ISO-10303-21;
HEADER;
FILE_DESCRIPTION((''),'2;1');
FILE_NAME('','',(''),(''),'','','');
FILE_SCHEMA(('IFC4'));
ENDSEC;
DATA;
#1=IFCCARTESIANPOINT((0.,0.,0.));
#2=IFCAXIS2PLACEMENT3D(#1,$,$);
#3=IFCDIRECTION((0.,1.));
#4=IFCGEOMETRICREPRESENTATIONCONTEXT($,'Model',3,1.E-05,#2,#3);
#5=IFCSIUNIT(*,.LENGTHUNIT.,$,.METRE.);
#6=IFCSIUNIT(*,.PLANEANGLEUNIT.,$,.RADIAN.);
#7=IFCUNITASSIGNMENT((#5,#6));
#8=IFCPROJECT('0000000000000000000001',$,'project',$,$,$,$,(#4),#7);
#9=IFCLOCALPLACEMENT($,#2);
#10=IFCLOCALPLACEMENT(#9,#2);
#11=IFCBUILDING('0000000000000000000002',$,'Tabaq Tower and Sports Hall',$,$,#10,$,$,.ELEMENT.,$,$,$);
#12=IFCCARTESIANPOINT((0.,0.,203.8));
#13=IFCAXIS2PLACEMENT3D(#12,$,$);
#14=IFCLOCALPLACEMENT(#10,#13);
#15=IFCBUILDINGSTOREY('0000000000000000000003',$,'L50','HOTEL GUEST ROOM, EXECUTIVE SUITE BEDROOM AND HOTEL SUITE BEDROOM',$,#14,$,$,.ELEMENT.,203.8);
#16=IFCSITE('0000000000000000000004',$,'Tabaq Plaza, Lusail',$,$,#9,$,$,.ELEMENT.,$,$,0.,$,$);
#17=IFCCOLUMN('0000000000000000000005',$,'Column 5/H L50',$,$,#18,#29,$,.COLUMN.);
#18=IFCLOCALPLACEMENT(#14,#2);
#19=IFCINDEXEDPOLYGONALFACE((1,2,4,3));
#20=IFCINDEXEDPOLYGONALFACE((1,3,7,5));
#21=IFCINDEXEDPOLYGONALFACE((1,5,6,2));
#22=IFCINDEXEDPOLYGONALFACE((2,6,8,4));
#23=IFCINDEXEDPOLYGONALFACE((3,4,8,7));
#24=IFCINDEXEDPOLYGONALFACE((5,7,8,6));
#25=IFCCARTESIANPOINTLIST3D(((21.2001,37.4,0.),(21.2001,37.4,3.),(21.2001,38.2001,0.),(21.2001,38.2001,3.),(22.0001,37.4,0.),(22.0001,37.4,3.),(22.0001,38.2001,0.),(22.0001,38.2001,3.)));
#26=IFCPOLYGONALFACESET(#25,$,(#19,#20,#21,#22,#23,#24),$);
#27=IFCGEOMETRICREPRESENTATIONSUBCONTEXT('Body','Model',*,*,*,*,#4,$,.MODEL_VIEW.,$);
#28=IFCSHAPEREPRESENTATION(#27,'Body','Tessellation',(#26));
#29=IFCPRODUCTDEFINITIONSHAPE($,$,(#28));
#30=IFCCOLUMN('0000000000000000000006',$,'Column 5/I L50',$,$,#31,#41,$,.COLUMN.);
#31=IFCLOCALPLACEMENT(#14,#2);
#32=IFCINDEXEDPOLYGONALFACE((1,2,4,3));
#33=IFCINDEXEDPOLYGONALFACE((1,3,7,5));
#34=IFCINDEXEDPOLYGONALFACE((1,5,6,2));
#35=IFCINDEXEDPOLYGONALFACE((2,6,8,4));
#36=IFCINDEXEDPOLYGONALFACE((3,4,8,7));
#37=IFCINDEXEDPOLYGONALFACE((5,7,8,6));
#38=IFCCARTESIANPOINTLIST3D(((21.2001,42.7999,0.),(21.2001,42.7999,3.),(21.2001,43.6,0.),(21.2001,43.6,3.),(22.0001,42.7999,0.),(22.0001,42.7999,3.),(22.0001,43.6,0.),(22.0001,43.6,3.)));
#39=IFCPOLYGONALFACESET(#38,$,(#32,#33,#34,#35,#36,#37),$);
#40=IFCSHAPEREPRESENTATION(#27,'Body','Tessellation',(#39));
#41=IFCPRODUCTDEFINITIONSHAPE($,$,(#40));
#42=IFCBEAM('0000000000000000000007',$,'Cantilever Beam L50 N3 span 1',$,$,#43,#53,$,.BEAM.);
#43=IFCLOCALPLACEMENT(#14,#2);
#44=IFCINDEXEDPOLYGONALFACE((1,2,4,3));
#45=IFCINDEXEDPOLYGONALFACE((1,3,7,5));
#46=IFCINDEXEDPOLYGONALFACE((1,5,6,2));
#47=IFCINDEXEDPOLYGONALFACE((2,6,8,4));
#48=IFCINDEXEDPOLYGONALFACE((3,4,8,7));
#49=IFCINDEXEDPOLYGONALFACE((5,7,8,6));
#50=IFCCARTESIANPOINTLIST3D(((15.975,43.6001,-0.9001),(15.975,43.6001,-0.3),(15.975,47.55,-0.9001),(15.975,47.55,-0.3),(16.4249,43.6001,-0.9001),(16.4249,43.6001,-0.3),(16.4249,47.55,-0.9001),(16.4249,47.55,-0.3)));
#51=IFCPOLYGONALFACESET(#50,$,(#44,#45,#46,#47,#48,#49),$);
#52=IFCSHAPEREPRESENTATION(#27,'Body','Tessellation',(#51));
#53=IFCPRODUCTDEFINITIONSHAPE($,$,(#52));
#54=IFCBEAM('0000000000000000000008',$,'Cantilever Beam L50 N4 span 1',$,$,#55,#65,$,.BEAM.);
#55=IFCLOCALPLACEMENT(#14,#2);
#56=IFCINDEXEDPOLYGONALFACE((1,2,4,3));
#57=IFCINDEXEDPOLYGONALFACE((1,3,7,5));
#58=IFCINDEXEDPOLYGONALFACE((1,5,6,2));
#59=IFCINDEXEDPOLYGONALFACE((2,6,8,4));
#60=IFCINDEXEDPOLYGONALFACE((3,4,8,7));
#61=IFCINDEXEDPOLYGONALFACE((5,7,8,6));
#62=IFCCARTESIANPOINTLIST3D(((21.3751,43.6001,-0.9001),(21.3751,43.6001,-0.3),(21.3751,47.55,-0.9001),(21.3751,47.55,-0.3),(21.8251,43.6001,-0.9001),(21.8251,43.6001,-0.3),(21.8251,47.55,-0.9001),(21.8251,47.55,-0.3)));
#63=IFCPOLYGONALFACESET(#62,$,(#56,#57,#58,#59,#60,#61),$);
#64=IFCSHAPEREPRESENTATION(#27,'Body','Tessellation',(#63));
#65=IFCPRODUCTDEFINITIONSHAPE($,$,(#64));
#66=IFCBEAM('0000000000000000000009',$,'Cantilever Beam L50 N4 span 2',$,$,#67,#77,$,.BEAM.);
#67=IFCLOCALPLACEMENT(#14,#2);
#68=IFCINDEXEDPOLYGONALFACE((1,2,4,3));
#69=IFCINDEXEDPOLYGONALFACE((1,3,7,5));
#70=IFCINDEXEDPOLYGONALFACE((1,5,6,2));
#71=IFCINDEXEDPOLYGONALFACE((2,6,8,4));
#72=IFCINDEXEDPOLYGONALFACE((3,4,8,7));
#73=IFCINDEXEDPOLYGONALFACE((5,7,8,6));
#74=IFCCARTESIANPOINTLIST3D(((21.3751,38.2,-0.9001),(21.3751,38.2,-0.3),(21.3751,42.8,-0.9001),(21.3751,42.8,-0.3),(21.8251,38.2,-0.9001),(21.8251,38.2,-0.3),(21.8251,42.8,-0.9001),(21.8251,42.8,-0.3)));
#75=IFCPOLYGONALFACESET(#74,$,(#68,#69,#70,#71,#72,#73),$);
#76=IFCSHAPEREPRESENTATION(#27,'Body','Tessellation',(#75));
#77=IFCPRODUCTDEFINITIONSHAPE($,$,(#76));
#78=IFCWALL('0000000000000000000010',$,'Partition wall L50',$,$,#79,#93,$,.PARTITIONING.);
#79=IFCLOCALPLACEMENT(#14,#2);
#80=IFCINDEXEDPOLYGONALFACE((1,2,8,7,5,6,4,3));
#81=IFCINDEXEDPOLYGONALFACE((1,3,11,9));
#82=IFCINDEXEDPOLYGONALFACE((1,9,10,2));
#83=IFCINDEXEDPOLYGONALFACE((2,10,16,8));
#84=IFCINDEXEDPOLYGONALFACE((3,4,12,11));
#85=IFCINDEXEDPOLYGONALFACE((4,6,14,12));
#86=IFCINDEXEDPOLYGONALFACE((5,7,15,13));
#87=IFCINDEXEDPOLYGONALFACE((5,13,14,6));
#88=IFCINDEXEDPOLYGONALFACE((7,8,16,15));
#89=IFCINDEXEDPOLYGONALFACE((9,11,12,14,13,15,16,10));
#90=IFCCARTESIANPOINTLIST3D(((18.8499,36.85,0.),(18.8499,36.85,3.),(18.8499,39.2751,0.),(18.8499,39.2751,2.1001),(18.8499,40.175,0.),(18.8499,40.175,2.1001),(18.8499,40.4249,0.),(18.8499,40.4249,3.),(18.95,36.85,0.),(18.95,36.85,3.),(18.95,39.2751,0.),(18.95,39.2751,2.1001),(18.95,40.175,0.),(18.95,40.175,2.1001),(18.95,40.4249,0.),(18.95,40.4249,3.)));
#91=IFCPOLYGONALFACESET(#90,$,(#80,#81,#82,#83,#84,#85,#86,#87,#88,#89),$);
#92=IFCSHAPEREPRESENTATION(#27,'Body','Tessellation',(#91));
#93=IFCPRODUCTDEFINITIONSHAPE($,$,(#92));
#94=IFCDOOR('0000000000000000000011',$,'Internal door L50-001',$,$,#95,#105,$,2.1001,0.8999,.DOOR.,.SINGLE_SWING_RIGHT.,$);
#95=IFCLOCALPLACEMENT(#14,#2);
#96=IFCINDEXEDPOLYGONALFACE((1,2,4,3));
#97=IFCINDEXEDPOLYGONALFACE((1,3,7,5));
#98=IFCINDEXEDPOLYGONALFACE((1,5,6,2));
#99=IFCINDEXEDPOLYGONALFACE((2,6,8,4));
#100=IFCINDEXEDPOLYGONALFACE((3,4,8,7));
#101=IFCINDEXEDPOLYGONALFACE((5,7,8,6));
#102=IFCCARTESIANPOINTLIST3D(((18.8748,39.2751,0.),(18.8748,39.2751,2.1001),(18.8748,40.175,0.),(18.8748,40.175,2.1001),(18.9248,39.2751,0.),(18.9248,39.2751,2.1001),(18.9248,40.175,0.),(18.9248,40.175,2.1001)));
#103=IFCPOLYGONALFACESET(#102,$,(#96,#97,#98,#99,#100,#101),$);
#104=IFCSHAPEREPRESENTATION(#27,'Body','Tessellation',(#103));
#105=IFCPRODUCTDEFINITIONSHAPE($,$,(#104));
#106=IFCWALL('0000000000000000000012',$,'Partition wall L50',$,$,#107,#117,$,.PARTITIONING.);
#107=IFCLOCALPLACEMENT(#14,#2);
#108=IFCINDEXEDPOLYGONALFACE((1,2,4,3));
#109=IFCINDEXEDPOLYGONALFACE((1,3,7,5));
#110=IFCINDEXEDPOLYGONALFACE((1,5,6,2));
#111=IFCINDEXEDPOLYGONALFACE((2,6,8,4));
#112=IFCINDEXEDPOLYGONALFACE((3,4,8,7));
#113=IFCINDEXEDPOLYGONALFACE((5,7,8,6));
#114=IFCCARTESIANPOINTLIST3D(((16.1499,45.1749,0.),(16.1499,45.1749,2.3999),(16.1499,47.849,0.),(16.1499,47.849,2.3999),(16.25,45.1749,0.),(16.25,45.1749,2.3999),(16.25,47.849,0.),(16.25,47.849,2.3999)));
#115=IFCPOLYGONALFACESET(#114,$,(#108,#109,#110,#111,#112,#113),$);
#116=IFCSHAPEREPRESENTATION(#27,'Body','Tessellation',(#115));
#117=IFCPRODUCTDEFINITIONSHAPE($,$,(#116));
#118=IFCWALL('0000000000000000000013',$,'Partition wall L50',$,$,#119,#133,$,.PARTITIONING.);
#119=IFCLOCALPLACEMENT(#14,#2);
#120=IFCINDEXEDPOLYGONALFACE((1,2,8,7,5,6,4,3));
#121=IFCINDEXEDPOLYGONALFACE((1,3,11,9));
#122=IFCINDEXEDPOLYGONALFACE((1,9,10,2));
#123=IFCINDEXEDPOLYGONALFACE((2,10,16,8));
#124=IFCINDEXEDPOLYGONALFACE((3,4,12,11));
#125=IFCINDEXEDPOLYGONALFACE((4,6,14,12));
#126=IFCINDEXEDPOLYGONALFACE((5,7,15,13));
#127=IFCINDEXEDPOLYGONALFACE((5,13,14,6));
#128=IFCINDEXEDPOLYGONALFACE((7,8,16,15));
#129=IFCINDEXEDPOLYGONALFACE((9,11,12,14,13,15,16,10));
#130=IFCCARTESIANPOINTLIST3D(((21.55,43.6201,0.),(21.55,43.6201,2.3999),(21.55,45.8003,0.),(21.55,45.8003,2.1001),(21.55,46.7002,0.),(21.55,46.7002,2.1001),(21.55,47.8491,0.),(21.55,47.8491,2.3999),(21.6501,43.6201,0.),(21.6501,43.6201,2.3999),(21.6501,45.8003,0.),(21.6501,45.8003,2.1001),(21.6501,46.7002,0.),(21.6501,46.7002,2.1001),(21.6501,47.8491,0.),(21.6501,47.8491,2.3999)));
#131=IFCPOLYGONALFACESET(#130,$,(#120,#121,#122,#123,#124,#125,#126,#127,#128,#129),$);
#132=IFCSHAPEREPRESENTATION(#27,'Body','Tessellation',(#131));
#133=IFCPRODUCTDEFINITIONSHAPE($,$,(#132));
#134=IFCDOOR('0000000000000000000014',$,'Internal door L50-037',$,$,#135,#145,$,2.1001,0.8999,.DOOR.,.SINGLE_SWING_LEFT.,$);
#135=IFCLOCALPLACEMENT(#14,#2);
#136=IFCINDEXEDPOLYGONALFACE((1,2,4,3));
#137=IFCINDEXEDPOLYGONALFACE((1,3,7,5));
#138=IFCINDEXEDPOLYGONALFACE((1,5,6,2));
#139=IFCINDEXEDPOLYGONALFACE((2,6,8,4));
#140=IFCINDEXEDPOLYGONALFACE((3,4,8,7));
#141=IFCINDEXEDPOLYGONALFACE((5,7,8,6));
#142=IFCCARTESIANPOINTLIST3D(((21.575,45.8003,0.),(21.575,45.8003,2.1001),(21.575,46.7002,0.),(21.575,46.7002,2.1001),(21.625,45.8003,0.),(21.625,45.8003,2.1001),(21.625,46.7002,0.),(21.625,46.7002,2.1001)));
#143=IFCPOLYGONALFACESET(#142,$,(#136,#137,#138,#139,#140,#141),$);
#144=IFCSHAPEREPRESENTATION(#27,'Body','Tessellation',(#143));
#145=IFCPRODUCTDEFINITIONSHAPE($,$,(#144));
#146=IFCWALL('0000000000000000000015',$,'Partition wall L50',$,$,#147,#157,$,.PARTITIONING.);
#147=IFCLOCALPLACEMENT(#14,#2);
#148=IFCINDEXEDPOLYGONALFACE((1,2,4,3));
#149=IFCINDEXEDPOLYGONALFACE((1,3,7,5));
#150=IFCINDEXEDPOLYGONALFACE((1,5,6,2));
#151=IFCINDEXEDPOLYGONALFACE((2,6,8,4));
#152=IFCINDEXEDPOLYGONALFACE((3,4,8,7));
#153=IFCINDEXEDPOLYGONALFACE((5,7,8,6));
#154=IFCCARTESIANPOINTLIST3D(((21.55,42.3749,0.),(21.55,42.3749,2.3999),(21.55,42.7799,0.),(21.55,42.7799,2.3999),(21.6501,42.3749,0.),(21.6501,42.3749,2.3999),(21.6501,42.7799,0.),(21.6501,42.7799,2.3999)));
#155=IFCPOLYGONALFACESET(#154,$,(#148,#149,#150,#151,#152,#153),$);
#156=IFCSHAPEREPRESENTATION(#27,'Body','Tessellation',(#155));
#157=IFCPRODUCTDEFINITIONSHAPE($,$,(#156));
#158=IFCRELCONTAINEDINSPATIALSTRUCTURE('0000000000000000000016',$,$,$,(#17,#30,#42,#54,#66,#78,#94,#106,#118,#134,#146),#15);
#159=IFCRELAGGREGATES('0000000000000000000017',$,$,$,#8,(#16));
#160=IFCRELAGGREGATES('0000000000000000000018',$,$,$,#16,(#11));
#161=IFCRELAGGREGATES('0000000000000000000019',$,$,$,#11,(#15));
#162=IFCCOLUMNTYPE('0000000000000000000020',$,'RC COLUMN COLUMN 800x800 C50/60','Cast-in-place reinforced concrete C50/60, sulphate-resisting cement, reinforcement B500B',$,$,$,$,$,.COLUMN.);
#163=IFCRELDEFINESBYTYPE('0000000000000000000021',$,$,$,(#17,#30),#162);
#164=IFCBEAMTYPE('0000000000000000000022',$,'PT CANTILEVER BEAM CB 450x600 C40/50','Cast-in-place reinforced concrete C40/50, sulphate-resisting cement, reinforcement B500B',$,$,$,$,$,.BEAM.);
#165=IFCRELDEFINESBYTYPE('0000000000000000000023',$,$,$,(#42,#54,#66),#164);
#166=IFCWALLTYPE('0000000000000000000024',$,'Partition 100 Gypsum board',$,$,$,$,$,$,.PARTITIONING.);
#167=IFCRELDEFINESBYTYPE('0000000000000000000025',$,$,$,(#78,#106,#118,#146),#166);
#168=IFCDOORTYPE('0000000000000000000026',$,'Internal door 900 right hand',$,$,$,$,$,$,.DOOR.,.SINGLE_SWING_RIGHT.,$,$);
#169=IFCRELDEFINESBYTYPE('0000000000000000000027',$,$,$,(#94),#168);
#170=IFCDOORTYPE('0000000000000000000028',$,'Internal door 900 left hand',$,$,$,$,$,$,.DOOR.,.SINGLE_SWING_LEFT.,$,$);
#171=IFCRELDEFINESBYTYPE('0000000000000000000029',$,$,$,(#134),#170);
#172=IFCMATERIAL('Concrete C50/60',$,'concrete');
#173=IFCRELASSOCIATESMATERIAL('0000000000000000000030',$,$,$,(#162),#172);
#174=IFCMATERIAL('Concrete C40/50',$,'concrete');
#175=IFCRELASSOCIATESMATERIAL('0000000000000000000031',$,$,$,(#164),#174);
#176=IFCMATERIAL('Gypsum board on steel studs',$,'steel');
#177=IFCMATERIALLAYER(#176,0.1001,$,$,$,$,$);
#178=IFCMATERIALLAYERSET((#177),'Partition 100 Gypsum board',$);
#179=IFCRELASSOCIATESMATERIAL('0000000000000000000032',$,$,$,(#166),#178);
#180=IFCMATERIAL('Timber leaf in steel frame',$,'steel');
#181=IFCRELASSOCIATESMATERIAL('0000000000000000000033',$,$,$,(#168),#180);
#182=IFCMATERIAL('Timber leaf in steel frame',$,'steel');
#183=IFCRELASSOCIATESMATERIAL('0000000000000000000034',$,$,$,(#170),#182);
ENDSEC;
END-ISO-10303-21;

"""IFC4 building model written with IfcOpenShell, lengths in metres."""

from ifc_helpers import new_model, si_unit, direction, frame, frame_2d, origin, origin_2d, place, context, subcontext, project, spatial, rectangle, extrude, material, layer, layer_set, material_profile, profile_set, type_object, element, fill, save


model = new_model("IFC4")

# Units and contexts
model_context = context("Model", 3, precision=1e-05, world=origin(), true_north=direction((0.0, 1.0)))
body_context = subcontext(model_context, "Body", "Model", "MODEL_VIEW")
ifc_project = project(units=[si_unit("LENGTHUNIT", "METRE"), si_unit("PLANEANGLEUNIT", "RADIAN")], contexts=[model_context])

# Site, building, storey
site_placement = place(None, origin())
site = spatial("IfcSite", under=ifc_project, at=site_placement, Name="Tabaq Plaza, Lusail", CompositionType="ELEMENT", RefElevation=0.0)
building_placement = place(site_placement, origin())
building = spatial("IfcBuilding", under=site, at=building_placement, Name="Tabaq Tower and Sports Hall", CompositionType="ELEMENT")
storey_placement = place(building_placement, frame((0.0, 0.0, 203.8)))
storey = spatial("IfcBuildingStorey", under=building, at=storey_placement, Name="L50", Description="HOTEL GUEST ROOM, EXECUTIVE SUITE BEDROOM AND HOTEL SUITE BEDROOM", CompositionType="ELEMENT", Elevation=203.8)

# Columns
ifc_material_1 = material(Name="Concrete C50/60", Category="concrete")
ifc_material_profile_1 = material_profile(ifc_material_1, rectangle(XDim=0.8, YDim=0.8, at=origin_2d()), Name="COLUMN 800x800")
ifc_profile_set_1 = profile_set([ifc_material_profile_1], Name="Concrete C50/60")
column_type = type_object("IfcColumnType", Name="RC COLUMN COLUMN 800x800 C50/60", Description="Cast-in-place reinforced concrete C50/60, sulphate-resisting cement, reinforcement B500B", PredefinedType="COLUMN", material=ifc_profile_set_1)
for number, where, z_axis, x_axis, name in (
    (1, (21.6001, 37.8, 0.0), (0.0, 0.0, 1.0), (1.0, 0.0, 0.0), "Column 5/H L50"),
    (2, (21.6001, 43.2, 0.0), (0.0, 0.0, 1.0), (1.0, 0.0, 0.0), "Column 5/I L50"),
):
    element("IfcColumn", number, at=place(storey_placement, frame(where, z_axis=z_axis, x_axis=x_axis)), inside=storey, type_object=column_type, Name=name, PredefinedType="COLUMN", context=body_context, shape_type="SweptSolid", body=[
        extrude(rectangle(XDim=0.8, YDim=0.8, at=origin_2d()), origin(), (0.0, 0.0, 1.0), 3.0),
    ])

# Beams
ifc_material_2 = material(Name="Concrete C40/50", Category="concrete")
ifc_material_profile_2 = material_profile(ifc_material_2, rectangle(XDim=0.45, YDim=0.6001, at=origin_2d()), Name="CB 450x600")
ifc_profile_set_2 = profile_set([ifc_material_profile_2], Name="Concrete C40/50")
beam_type = type_object("IfcBeamType", Name="PT CANTILEVER BEAM CB 450x600 C40/50", Description="Cast-in-place reinforced concrete C40/50, sulphate-resisting cement, reinforcement B500B", PredefinedType="BEAM", material=ifc_profile_set_2)
for number, where, z_axis, x_axis, name in (
    (3, (16.2, 47.55, -0.6001), (0.0, -1.0, 0.0), (1.0, 0.0, 0.0), "Cantilever Beam L50 N3 span 1"),
    (4, (21.6001, 47.55, -0.6001), (0.0, -1.0, 0.0), (1.0, 0.0, 0.0), "Cantilever Beam L50 N4 span 1"),
):
    element("IfcBeam", number, at=place(storey_placement, frame(where, z_axis=z_axis, x_axis=x_axis)), inside=storey, type_object=beam_type, Name=name, PredefinedType="BEAM", context=body_context, shape_type="SweptSolid", body=[
        extrude(rectangle(XDim=0.45, YDim=0.6001, at=origin_2d()), origin(), (0.0, 0.0, 1.0), 3.95),
    ])
beam_placement = place(storey_placement, frame((21.6001, 42.8, -0.6001), z_axis=(0.0, -1.0, 0.0), x_axis=(1.0, 0.0, 0.0)))
element("IfcBeam", 5, at=beam_placement, inside=storey, type_object=beam_type, Name="Cantilever Beam L50 N4 span 2", PredefinedType="BEAM", context=body_context, shape_type="SweptSolid", body=[
    extrude(rectangle(XDim=0.45, YDim=0.6001, at=origin_2d()), origin(), (0.0, 0.0, 1.0), 4.6001),
])

# Wall, opening, door
ifc_material_3 = material(Name="Gypsum board on steel studs", Category="steel")
ifc_layer_1 = layer(ifc_material_3, 0.1001)
ifc_layer_set_1 = layer_set([ifc_layer_1], Name="Partition 100 Gypsum board")
wall_type_1 = type_object("IfcWallType", Name="Partition 100 Gypsum board", PredefinedType="PARTITIONING", material=ifc_layer_set_1)
wall_1_placement = place(storey_placement, frame((18.8999, 40.425, 0.0), z_axis=(0.0, 0.0, 1.0), x_axis=(0.0, -1.0, 0.0)))
wall_1 = element("IfcWall", 6, at=wall_1_placement, inside=storey, type_object=wall_type_1, Name="Partition wall L50", PredefinedType="PARTITIONING", context=body_context, shape_type="SweptSolid", body=[
    extrude(rectangle(XDim=3.575, YDim=0.1001, at=frame_2d((1.7876, 0.0))), origin(), (0.0, 0.0, 1.0), 3.0),
])
opening_1_placement = place(wall_1_placement, frame((0.25, 0.0, 0.0)))
opening_1 = element("IfcOpeningElement", 7, at=opening_1_placement, cuts=wall_1, PredefinedType="OPENING", context=body_context, shape_type="SweptSolid", body=[
    extrude(rectangle(XDim=0.8999, YDim=2.1001, at=frame_2d((0.45, 1.05))), frame((0.0, 0.05, 0.0), z_axis=(0.0, -1.0, 0.0), x_axis=(1.0, 0.0, 0.0)), (0.0, 0.0, 1.0), 0.1001),
])
ifc_material_4 = material(Name="Timber leaf in steel frame", Category="steel")
door_type_1 = type_object("IfcDoorType", Name="Internal door 900 right hand", OperationType="SINGLE_SWING_RIGHT", PredefinedType="DOOR", material=ifc_material_4)
door_1_placement = place(opening_1_placement, origin())
door_1 = element("IfcDoor", 8, at=door_1_placement, inside=storey, type_object=door_type_1, Name="Internal door L50-001", OperationType="SINGLE_SWING_RIGHT", OverallHeight=2.1001, OverallWidth=0.8999, PredefinedType="DOOR", context=body_context, shape_type="SweptSolid", body=[
    extrude(rectangle(XDim=0.8999, YDim=2.1001, at=frame_2d((0.45, 1.05))), frame((0.0, 0.0249, 0.0), z_axis=(0.0, -1.0, 0.0), x_axis=(1.0, 0.0, 0.0)), (0.0, 0.0, 1.0), 0.05),
])
fill(opening_1, door_1)

# Wall
wall_2_placement = place(storey_placement, frame((16.2, 45.175, 0.0), z_axis=(0.0, 0.0, 1.0), x_axis=(0.0, 1.0, 0.0)))
element("IfcWall", 9, at=wall_2_placement, inside=storey, type_object=wall_type_1, Name="Partition wall L50", PredefinedType="PARTITIONING", context=body_context, shape_type="SweptSolid", body=[
    extrude(rectangle(XDim=2.6741, YDim=0.1001, at=frame_2d((1.3369, 0.0))), origin(), (0.0, 0.0, 1.0), 2.3999),
])

# Wall, opening, door
wall_3_placement = place(storey_placement, frame((21.6001, 47.8491, 0.0), z_axis=(0.0, 0.0, 1.0), x_axis=(0.0, -1.0, 0.0)))
wall_3 = element("IfcWall", 10, at=wall_3_placement, inside=storey, type_object=wall_type_1, Name="Partition wall L50", PredefinedType="PARTITIONING", context=body_context, shape_type="SweptSolid", body=[
    extrude(rectangle(XDim=4.229, YDim=0.1001, at=frame_2d((2.1145, 0.0))), origin(), (0.0, 0.0, 1.0), 2.3999),
])
opening_2_placement = place(wall_3_placement, frame((1.1489, 0.0, 0.0)))
opening_2 = element("IfcOpeningElement", 11, at=opening_2_placement, cuts=wall_3, PredefinedType="OPENING", context=body_context, shape_type="SweptSolid", body=[
    extrude(rectangle(XDim=0.8999, YDim=2.1001, at=frame_2d((0.45, 1.05))), frame((0.0, 0.05, 0.0), z_axis=(0.0, -1.0, 0.0), x_axis=(1.0, 0.0, 0.0)), (0.0, 0.0, 1.0), 0.1001),
])
ifc_material_5 = material(Name="Timber leaf in steel frame", Category="steel")
door_type_2 = type_object("IfcDoorType", Name="Internal door 900 left hand", OperationType="SINGLE_SWING_LEFT", PredefinedType="DOOR", material=ifc_material_5)
door_2_placement = place(opening_2_placement, origin())
door_2 = element("IfcDoor", 12, at=door_2_placement, inside=storey, type_object=door_type_2, Name="Internal door L50-037", OperationType="SINGLE_SWING_LEFT", OverallHeight=2.1001, OverallWidth=0.8999, PredefinedType="DOOR", context=body_context, shape_type="SweptSolid", body=[
    extrude(rectangle(XDim=0.8999, YDim=2.1001, at=frame_2d((0.45, 1.05))), frame((0.0, 0.0249, 0.0), z_axis=(0.0, -1.0, 0.0), x_axis=(1.0, 0.0, 0.0)), (0.0, 0.0, 1.0), 0.05),
])
fill(opening_2, door_2)

# Wall
wall_4_placement = place(storey_placement, frame((21.6001, 42.78, 0.0), z_axis=(0.0, 0.0, 1.0), x_axis=(0.0, -1.0, 0.0)))
element("IfcWall", 13, at=wall_4_placement, inside=storey, type_object=wall_type_1, Name="Partition wall L50", PredefinedType="PARTITIONING", context=body_context, shape_type="SweptSolid", body=[
    extrude(rectangle(XDim=0.405, YDim=0.1001, at=frame_2d((0.2026, 0.0))), origin(), (0.0, 0.0, 1.0), 2.3999),
])

save(model, "model.ifc")
